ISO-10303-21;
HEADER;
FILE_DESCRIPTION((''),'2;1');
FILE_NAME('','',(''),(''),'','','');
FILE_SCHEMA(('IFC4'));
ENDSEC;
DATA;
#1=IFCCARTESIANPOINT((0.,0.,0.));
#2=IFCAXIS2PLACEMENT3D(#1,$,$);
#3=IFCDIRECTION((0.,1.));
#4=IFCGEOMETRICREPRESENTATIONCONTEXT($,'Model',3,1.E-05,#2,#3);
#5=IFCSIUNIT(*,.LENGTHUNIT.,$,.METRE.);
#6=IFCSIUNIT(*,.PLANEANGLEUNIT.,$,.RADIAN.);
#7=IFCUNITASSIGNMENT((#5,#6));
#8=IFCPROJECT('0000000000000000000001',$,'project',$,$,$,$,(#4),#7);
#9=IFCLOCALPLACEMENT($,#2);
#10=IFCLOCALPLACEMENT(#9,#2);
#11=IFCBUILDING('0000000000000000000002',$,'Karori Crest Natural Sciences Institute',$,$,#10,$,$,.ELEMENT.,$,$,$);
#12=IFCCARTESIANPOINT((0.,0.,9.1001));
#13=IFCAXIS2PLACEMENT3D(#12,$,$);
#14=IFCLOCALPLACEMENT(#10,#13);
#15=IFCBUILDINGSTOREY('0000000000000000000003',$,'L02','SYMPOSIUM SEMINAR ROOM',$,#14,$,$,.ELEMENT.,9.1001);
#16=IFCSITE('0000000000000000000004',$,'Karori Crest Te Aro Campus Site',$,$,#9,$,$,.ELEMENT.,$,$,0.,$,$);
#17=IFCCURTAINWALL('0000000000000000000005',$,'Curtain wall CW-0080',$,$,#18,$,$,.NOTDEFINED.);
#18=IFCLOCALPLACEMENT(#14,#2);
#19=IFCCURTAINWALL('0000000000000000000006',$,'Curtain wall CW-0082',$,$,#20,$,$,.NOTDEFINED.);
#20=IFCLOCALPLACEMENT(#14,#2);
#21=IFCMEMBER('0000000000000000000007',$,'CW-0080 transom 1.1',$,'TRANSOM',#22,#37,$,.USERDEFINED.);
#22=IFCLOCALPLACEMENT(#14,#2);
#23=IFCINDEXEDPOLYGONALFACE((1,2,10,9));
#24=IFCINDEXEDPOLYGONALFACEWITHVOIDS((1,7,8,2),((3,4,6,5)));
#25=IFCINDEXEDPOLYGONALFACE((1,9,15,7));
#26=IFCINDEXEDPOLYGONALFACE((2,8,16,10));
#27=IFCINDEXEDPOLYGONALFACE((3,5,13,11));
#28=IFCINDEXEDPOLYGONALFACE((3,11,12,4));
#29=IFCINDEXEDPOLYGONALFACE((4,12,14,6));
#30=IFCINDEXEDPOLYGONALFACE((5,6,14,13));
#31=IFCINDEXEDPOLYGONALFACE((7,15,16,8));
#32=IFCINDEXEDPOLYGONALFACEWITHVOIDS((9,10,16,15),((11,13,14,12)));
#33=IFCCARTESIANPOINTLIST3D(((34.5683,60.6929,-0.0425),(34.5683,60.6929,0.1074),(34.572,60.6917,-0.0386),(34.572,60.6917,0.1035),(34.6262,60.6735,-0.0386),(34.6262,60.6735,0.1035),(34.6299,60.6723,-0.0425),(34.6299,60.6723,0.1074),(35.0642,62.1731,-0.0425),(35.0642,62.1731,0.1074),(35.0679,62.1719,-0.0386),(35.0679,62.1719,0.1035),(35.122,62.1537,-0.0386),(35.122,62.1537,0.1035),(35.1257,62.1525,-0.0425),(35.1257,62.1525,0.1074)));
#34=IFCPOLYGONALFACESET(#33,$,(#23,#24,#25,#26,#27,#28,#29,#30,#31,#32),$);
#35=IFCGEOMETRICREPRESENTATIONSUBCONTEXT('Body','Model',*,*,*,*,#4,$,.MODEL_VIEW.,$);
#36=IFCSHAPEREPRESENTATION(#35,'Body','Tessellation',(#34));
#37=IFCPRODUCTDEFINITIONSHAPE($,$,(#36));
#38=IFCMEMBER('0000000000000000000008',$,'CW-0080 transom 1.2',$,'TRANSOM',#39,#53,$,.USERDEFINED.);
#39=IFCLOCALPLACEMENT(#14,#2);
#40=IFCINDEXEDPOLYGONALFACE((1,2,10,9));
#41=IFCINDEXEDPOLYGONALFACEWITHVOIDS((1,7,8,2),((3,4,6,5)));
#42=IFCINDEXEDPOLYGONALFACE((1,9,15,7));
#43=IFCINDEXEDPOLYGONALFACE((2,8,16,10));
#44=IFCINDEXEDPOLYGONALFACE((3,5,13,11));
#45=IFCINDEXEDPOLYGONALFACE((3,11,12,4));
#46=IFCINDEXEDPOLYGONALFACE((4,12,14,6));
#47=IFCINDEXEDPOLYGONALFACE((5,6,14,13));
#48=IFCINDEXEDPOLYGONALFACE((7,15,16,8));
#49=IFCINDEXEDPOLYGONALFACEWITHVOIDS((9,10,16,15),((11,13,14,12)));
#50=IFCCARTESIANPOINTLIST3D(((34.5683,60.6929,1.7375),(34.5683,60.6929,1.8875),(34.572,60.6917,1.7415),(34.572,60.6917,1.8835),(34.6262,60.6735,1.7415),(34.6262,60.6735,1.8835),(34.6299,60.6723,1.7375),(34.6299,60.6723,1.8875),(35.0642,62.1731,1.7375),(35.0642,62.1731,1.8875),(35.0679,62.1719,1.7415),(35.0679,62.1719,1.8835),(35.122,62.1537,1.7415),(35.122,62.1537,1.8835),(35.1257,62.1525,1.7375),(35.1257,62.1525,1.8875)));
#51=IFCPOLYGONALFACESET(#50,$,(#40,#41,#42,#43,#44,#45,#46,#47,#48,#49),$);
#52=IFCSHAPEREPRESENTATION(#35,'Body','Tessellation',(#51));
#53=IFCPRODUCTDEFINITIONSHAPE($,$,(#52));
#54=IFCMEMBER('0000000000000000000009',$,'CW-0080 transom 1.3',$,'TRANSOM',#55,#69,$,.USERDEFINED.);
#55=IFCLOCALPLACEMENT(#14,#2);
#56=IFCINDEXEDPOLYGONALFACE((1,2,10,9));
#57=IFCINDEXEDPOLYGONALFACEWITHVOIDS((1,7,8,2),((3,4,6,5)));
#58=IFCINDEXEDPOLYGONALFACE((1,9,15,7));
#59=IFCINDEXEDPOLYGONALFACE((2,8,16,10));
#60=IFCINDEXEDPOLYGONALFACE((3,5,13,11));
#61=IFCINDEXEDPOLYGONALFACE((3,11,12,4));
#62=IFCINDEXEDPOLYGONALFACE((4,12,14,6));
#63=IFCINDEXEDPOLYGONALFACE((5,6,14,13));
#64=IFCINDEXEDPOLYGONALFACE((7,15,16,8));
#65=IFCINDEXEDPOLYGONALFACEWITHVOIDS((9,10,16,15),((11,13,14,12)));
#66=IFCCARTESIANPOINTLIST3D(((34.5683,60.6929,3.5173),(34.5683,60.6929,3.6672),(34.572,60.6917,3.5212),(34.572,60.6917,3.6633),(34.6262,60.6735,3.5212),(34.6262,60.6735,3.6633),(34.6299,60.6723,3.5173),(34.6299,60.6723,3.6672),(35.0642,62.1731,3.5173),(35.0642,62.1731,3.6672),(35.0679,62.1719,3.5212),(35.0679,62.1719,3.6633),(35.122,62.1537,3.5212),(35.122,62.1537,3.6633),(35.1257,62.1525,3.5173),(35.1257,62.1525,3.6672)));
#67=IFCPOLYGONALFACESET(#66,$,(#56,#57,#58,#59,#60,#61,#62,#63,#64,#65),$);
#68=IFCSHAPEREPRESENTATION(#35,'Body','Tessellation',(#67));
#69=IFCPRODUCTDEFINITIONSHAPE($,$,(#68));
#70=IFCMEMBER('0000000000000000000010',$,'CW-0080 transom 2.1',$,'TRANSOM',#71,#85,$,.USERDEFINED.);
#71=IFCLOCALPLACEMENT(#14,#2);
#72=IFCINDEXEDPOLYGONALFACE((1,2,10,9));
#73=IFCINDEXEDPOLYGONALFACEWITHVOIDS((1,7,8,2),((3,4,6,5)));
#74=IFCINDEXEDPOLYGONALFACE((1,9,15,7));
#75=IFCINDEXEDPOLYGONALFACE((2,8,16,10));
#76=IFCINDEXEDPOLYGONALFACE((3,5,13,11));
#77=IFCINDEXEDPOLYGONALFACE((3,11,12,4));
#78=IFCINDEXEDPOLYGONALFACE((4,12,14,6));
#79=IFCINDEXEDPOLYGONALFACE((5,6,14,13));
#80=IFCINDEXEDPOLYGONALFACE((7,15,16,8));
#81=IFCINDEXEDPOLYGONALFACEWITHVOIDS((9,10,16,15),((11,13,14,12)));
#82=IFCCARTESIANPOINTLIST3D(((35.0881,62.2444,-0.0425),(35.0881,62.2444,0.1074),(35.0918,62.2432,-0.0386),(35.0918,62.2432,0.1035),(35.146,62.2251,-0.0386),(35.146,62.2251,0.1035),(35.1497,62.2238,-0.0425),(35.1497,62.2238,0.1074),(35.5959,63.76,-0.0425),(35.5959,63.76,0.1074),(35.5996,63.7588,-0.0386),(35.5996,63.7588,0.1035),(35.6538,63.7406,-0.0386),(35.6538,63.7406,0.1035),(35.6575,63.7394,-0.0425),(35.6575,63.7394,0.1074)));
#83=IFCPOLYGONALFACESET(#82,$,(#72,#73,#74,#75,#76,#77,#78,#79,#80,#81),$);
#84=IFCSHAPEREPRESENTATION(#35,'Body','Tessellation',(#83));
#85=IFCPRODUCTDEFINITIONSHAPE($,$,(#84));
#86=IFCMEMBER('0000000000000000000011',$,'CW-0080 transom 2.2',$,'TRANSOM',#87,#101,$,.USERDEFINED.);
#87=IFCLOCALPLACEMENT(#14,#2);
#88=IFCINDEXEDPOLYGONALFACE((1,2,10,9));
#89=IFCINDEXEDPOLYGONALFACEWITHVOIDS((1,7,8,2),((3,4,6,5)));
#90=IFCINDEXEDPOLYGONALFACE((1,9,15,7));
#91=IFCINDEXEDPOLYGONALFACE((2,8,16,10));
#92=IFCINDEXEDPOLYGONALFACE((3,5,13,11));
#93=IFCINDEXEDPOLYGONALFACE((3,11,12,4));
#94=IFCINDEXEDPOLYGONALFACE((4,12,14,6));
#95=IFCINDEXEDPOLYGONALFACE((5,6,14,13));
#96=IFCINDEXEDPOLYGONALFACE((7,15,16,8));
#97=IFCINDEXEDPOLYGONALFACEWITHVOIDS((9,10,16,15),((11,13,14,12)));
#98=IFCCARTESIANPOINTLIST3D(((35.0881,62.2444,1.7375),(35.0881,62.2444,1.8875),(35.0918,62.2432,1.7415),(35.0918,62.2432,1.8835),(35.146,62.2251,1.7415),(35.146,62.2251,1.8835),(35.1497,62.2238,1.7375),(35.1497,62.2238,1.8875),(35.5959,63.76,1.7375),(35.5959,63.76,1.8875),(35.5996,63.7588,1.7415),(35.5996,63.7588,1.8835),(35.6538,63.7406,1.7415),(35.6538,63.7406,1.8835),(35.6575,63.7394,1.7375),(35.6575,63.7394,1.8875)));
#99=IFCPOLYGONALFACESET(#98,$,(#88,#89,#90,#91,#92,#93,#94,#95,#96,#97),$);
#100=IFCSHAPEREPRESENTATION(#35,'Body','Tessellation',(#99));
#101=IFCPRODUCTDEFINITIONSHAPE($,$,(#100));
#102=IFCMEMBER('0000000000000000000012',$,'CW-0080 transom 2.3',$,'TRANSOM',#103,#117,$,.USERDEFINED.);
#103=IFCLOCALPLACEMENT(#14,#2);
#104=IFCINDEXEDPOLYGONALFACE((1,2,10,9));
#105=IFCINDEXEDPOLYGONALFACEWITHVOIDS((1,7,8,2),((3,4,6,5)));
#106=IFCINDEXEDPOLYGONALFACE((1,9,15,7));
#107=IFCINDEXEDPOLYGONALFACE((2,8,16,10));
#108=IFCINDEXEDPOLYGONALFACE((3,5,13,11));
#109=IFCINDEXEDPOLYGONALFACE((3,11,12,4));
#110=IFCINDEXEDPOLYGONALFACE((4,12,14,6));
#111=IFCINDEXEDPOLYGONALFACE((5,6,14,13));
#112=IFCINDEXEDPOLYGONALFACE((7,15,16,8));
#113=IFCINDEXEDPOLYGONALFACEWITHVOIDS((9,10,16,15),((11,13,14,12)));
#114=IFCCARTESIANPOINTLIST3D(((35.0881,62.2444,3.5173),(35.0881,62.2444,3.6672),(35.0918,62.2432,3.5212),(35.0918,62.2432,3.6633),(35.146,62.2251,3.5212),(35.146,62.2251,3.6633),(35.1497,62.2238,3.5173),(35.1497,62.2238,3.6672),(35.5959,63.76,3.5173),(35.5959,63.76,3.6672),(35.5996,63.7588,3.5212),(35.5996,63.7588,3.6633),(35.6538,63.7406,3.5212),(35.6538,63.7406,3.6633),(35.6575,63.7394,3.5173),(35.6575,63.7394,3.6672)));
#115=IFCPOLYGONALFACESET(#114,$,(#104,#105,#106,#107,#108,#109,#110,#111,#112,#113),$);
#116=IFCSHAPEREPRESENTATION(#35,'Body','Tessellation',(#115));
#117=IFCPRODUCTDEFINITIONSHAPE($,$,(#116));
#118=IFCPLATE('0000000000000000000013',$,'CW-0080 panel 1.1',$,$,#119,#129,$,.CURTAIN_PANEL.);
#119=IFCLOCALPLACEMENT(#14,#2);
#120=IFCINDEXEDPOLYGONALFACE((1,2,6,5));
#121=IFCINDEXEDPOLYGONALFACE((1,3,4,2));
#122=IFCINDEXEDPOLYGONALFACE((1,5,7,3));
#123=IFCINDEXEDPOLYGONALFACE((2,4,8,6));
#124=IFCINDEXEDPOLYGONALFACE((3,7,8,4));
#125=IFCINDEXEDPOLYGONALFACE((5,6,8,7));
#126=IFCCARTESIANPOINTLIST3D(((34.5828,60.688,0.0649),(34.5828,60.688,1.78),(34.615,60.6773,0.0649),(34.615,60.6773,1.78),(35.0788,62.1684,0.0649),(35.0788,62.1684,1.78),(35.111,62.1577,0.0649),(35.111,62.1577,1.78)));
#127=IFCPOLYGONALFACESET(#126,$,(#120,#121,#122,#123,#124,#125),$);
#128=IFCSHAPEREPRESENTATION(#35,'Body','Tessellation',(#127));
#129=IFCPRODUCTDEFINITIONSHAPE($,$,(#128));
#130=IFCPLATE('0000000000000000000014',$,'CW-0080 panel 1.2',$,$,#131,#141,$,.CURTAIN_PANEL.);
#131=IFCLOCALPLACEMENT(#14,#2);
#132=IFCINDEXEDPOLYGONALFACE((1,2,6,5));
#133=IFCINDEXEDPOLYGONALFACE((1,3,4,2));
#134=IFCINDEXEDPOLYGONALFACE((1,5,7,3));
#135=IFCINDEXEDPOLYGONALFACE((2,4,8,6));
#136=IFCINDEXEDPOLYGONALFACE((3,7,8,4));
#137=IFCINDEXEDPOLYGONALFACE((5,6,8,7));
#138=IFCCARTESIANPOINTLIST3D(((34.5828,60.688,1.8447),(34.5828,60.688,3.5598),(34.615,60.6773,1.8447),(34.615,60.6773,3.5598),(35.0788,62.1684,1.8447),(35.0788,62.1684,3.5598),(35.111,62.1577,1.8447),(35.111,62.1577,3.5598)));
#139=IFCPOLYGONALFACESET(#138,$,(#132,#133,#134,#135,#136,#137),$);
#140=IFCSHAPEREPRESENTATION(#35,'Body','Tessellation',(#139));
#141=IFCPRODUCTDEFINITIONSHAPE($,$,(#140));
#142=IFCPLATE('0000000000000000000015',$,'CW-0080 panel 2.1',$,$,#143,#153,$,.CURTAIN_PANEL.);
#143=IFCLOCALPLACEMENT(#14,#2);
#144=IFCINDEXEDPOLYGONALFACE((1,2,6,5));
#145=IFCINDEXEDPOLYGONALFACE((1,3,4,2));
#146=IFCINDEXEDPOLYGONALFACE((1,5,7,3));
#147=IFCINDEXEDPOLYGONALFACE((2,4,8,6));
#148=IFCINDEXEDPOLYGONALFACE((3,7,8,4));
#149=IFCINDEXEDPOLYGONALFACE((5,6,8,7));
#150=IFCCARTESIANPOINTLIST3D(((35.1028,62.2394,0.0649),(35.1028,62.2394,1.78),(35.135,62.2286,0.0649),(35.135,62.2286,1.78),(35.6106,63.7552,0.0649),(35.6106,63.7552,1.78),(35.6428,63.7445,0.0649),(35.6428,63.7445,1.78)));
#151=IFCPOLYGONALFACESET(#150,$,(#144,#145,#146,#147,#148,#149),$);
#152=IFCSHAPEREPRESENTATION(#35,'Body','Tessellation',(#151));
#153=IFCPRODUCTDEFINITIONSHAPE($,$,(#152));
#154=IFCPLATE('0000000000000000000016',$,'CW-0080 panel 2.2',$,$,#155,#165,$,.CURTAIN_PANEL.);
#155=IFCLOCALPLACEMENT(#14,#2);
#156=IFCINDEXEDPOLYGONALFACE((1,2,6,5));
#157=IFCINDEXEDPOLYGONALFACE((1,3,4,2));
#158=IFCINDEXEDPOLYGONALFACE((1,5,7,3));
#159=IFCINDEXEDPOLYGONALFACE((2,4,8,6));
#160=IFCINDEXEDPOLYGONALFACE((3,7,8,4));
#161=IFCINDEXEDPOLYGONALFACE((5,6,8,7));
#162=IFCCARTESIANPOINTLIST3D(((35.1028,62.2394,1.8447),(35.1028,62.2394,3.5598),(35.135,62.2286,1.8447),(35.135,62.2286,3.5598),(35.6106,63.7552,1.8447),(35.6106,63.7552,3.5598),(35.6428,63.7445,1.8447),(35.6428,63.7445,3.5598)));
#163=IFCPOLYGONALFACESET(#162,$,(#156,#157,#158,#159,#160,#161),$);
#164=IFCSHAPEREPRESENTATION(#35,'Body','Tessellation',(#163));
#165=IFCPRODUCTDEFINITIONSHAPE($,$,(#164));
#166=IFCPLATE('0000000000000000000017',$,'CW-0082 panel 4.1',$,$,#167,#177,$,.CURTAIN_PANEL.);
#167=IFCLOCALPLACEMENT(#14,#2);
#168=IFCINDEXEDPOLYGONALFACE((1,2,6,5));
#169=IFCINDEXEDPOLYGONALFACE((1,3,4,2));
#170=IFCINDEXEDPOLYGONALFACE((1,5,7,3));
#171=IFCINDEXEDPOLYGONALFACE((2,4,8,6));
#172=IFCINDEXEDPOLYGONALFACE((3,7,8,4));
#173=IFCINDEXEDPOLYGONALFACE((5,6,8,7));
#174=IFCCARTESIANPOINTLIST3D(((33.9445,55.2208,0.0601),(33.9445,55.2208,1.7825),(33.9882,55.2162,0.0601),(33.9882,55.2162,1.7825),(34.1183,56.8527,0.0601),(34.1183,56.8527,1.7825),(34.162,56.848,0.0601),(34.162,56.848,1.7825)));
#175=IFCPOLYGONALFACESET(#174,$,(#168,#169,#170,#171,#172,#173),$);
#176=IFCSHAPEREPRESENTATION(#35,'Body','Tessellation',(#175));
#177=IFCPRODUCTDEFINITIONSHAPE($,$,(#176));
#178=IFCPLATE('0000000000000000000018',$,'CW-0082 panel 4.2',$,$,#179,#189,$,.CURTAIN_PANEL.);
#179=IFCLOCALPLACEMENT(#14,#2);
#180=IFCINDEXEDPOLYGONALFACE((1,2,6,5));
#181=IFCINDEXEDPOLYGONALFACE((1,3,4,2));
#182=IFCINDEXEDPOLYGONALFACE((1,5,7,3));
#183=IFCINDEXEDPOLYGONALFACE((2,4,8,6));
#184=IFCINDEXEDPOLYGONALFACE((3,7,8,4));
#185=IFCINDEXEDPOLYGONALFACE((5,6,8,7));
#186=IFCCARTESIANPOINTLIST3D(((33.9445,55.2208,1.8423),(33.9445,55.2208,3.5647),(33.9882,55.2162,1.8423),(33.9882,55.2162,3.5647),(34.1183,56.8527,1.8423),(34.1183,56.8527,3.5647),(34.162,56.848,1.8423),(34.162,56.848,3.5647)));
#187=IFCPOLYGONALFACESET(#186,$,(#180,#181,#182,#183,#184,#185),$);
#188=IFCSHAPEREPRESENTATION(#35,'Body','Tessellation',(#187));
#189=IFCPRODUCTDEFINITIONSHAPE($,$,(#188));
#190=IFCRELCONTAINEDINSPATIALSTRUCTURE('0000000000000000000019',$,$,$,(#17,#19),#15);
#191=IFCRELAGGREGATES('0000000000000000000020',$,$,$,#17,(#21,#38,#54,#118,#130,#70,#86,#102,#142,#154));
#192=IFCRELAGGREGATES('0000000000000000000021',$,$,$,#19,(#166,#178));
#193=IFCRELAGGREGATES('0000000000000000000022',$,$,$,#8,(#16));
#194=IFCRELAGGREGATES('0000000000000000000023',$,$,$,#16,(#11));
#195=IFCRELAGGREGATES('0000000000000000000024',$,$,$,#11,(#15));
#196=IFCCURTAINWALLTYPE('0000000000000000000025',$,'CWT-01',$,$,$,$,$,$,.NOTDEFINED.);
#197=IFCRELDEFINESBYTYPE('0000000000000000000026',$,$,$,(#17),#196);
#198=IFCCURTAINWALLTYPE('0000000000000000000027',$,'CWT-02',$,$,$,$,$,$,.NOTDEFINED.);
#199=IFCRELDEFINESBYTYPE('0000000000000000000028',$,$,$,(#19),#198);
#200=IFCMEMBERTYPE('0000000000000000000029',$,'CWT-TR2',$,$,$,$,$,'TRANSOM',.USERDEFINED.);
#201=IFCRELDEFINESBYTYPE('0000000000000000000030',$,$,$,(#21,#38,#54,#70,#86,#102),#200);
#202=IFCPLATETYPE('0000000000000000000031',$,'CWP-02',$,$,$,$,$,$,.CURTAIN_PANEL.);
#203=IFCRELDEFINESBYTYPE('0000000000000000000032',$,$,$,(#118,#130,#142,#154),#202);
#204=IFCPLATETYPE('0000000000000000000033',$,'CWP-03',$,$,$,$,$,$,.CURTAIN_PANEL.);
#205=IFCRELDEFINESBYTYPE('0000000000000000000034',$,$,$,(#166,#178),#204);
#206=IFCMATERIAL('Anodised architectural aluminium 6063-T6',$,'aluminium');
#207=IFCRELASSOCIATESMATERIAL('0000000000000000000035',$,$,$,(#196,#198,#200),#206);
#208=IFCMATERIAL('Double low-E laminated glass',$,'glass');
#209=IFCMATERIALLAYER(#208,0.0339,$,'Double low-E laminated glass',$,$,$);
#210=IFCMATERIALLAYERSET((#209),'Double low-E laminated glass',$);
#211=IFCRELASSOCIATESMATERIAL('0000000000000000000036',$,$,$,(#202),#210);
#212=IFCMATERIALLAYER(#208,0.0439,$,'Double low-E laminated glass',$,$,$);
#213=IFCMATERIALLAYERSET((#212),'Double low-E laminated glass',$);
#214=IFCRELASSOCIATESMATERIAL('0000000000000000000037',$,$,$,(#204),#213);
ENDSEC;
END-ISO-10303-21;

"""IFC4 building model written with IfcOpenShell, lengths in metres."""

from ifc_helpers import new_model, si_unit, direction, frame, origin, origin_2d, place, context, subcontext, project, spatial, rectangle, hollow_rectangle, extrude, material, layer, layer_set, material_profile, profile_set, type_object, element, aggregate, save


model = new_model("IFC4")

# Units and contexts
model_context = context("Model", 3, precision=1e-05, world=origin(), true_north=direction((0.0, 1.0)))
body_context = subcontext(model_context, "Body", "Model", "MODEL_VIEW")
ifc_project = project(units=[si_unit("LENGTHUNIT", "METRE"), si_unit("PLANEANGLEUNIT", "RADIAN")], contexts=[model_context])

# Site, building, storey
site_placement = place(None, origin())
site = spatial("IfcSite", under=ifc_project, at=site_placement, Name="Karori Crest Te Aro Campus Site", CompositionType="ELEMENT", RefElevation=0.0)
building_placement = place(site_placement, origin())
building = spatial("IfcBuilding", under=site, at=building_placement, Name="Karori Crest Natural Sciences Institute", CompositionType="ELEMENT")
storey_placement = place(building_placement, frame((0.0, 0.0, 9.1001)))
storey = spatial("IfcBuildingStorey", under=building, at=storey_placement, Name="L02", Description="SYMPOSIUM SEMINAR ROOM", CompositionType="ELEMENT", Elevation=9.1001)

# Curtain walls
ifc_material_1 = material(Name="Anodised architectural aluminium 6063-T6", Category="aluminium")
curtain_wall_type_1 = type_object("IfcCurtainWallType", Name="CWT-01", PredefinedType="NOTDEFINED", material=ifc_material_1)
curtain_wall_1_placement = place(storey_placement, origin())
curtain_wall_1 = element("IfcCurtainWall", 1, at=curtain_wall_1_placement, inside=storey, type_object=curtain_wall_type_1, Name="Curtain wall CW-0080", PredefinedType="NOTDEFINED")
curtain_wall_type_2 = type_object("IfcCurtainWallType", Name="CWT-02", PredefinedType="NOTDEFINED", material=ifc_material_1)
curtain_wall_2_placement = place(storey_placement, origin())
curtain_wall_2 = element("IfcCurtainWall", 2, at=curtain_wall_2_placement, inside=storey, type_object=curtain_wall_type_2, Name="Curtain wall CW-0082", PredefinedType="NOTDEFINED")

# Members
ifc_material_profile_1 = material_profile(ifc_material_1, hollow_rectangle(XDim=0.0649, YDim=0.1499, WallThickness=0.0039, at=origin_2d()), Name="CWT150x65x4")
ifc_profile_set_1 = profile_set([ifc_material_profile_1], Name="Anodised architectural aluminium 6063-T6")
member_type_1 = type_object("IfcMemberType", Name="CWT-TR2", ElementType="TRANSOM", PredefinedType="USERDEFINED", material=ifc_profile_set_1)
member_1_placement = place(storey_placement, frame((34.5991, 60.6826, 0.0325), z_axis=(0.317635, 0.948213, 0.0), x_axis=(-0.948213, 0.317635, 0.0)))
member_1 = element("IfcMember", 3, at=member_1_placement, type_object=member_type_1, Name="CW-0080 transom 1.1", ObjectType="TRANSOM", PredefinedType="USERDEFINED", context=body_context, shape_type="SweptSolid", body=[
    extrude(hollow_rectangle(XDim=0.0649, YDim=0.1499, WallThickness=0.0039, at=origin_2d()), origin(), (0.0, 0.0, 1.0), 1.561),
])
member_2_placement = place(storey_placement, frame((34.5991, 60.6826, 1.8125), z_axis=(0.317635, 0.948213, 0.0), x_axis=(-0.948213, 0.317635, 0.0)))
member_2 = element("IfcMember", 4, at=member_2_placement, type_object=member_type_1, Name="CW-0080 transom 1.2", ObjectType="TRANSOM", PredefinedType="USERDEFINED", context=body_context, shape_type="SweptSolid", body=[
    extrude(hollow_rectangle(XDim=0.0649, YDim=0.1499, WallThickness=0.0039, at=origin_2d()), origin(), (0.0, 0.0, 1.0), 1.561),
])
member_3_placement = place(storey_placement, frame((34.5991, 60.6826, 3.5923), z_axis=(0.317635, 0.948213, 0.0), x_axis=(-0.948213, 0.317635, 0.0)))
member_3 = element("IfcMember", 5, at=member_3_placement, type_object=member_type_1, Name="CW-0080 transom 1.3", ObjectType="TRANSOM", PredefinedType="USERDEFINED", context=body_context, shape_type="SweptSolid", body=[
    extrude(hollow_rectangle(XDim=0.0649, YDim=0.1499, WallThickness=0.0039, at=origin_2d()), origin(), (0.0, 0.0, 1.0), 1.561),
])
member_4_placement = place(storey_placement, frame((35.1189, 62.2341, 0.0325), z_axis=(0.317694, 0.948193, 0.0), x_axis=(-0.948193, 0.317694, 0.0)))
member_4 = element("IfcMember", 6, at=member_4_placement, type_object=member_type_1, Name="CW-0080 transom 2.1", ObjectType="TRANSOM", PredefinedType="USERDEFINED", context=body_context, shape_type="SweptSolid", body=[
    extrude(hollow_rectangle(XDim=0.0649, YDim=0.1499, WallThickness=0.0039, at=origin_2d()), origin(), (0.0, 0.0, 1.0), 1.5984),
])
member_5_placement = place(storey_placement, frame((35.1189, 62.2341, 1.8125), z_axis=(0.317694, 0.948193, 0.0), x_axis=(-0.948193, 0.317694, 0.0)))
member_5 = element("IfcMember", 7, at=member_5_placement, type_object=member_type_1, Name="CW-0080 transom 2.2", ObjectType="TRANSOM", PredefinedType="USERDEFINED", context=body_context, shape_type="SweptSolid", body=[
    extrude(hollow_rectangle(XDim=0.0649, YDim=0.1499, WallThickness=0.0039, at=origin_2d()), origin(), (0.0, 0.0, 1.0), 1.5984),
])
member_6_placement = place(storey_placement, frame((35.1189, 62.2341, 3.5923), z_axis=(0.317694, 0.948193, 0.0), x_axis=(-0.948193, 0.317694, 0.0)))
member_6 = element("IfcMember", 8, at=member_6_placement, type_object=member_type_1, Name="CW-0080 transom 2.3", ObjectType="TRANSOM", PredefinedType="USERDEFINED", context=body_context, shape_type="SweptSolid", body=[
    extrude(hollow_rectangle(XDim=0.0649, YDim=0.1499, WallThickness=0.0039, at=origin_2d()), origin(), (0.0, 0.0, 1.0), 1.5984),
])

# Plates
ifc_material_2 = material(Name="Double low-E laminated glass", Category="glass")
ifc_layer_1 = layer(ifc_material_2, 0.0339, Name="Double low-E laminated glass")
ifc_layer_set_1 = layer_set([ifc_layer_1], Name="Double low-E laminated glass")
plate_type_1 = type_object("IfcPlateType", Name="CWP-02", PredefinedType="CURTAIN_PANEL", material=ifc_layer_set_1)
plate_1_placement = place(storey_placement, frame((34.8469, 61.4229, 0.0649), z_axis=(0.0, 0.0, 1.0), x_axis=(0.317685, 0.948196, 0.0)))
plate_1 = element("IfcPlate", 9, at=plate_1_placement, type_object=plate_type_1, Name="CW-0080 panel 1.1", PredefinedType="CURTAIN_PANEL", context=body_context, shape_type="SweptSolid", body=[
    extrude(rectangle(XDim=1.5613, YDim=0.0339, at=origin_2d()), origin(), (0.0, 0.0, 1.0), 1.7151),
])
plate_2_placement = place(storey_placement, frame((34.8469, 61.4229, 1.8447), z_axis=(0.0, 0.0, 1.0), x_axis=(0.317685, 0.948196, 0.0)))
plate_2 = element("IfcPlate", 10, at=plate_2_placement, type_object=plate_type_1, Name="CW-0080 panel 1.2", PredefinedType="CURTAIN_PANEL", context=body_context, shape_type="SweptSolid", body=[
    extrude(rectangle(XDim=1.5613, YDim=0.0339, at=origin_2d()), origin(), (0.0, 0.0, 1.0), 1.7151),
])
plate_3_placement = place(storey_placement, frame((35.3728, 62.9919, 0.0649), z_axis=(0.0, 0.0, 1.0), x_axis=(0.317685, 0.948196, 0.0)))
plate_3 = element("IfcPlate", 11, at=plate_3_placement, type_object=plate_type_1, Name="CW-0080 panel 2.1", PredefinedType="CURTAIN_PANEL", context=body_context, shape_type="SweptSolid", body=[
    extrude(rectangle(XDim=1.5986, YDim=0.0339, at=origin_2d()), origin(), (0.0, 0.0, 1.0), 1.7151),
])
plate_4_placement = place(storey_placement, frame((35.3728, 62.9919, 1.8447), z_axis=(0.0, 0.0, 1.0), x_axis=(0.317685, 0.948196, 0.0)))
plate_4 = element("IfcPlate", 12, at=plate_4_placement, type_object=plate_type_1, Name="CW-0080 panel 2.2", PredefinedType="CURTAIN_PANEL", context=body_context, shape_type="SweptSolid", body=[
    extrude(rectangle(XDim=1.5986, YDim=0.0339, at=origin_2d()), origin(), (0.0, 0.0, 1.0), 1.7151),
])
aggregate(curtain_wall_1, [member_1, member_2, member_3, plate_1, plate_2, member_4, member_5, member_6, plate_3, plate_4])
ifc_layer_2 = layer(ifc_material_2, 0.0439, Name="Double low-E laminated glass")
ifc_layer_set_2 = layer_set([ifc_layer_2], Name="Double low-E laminated glass")
plate_type_2 = type_object("IfcPlateType", Name="CWP-03", PredefinedType="CURTAIN_PANEL", material=ifc_layer_set_2)
plate_5_placement = place(storey_placement, frame((34.0532, 56.0344, 0.0601), z_axis=(0.0, 0.0, 1.0), x_axis=(0.105884, 0.994378, 0.0)))
plate_5 = element("IfcPlate", 13, at=plate_5_placement, type_object=plate_type_2, Name="CW-0082 panel 4.1", PredefinedType="CURTAIN_PANEL", context=body_context, shape_type="SweptSolid", body=[
    extrude(rectangle(XDim=1.6411, YDim=0.0439, at=origin_2d()), origin(), (0.0, 0.0, 1.0), 1.7224),
])
plate_6_placement = place(storey_placement, frame((34.0532, 56.0344, 1.8423), z_axis=(0.0, 0.0, 1.0), x_axis=(0.105884, 0.994378, 0.0)))
plate_6 = element("IfcPlate", 14, at=plate_6_placement, type_object=plate_type_2, Name="CW-0082 panel 4.2", PredefinedType="CURTAIN_PANEL", context=body_context, shape_type="SweptSolid", body=[
    extrude(rectangle(XDim=1.6411, YDim=0.0439, at=origin_2d()), origin(), (0.0, 0.0, 1.0), 1.7224),
])
aggregate(curtain_wall_2, [plate_5, plate_6])

save(model, "model.ifc")
